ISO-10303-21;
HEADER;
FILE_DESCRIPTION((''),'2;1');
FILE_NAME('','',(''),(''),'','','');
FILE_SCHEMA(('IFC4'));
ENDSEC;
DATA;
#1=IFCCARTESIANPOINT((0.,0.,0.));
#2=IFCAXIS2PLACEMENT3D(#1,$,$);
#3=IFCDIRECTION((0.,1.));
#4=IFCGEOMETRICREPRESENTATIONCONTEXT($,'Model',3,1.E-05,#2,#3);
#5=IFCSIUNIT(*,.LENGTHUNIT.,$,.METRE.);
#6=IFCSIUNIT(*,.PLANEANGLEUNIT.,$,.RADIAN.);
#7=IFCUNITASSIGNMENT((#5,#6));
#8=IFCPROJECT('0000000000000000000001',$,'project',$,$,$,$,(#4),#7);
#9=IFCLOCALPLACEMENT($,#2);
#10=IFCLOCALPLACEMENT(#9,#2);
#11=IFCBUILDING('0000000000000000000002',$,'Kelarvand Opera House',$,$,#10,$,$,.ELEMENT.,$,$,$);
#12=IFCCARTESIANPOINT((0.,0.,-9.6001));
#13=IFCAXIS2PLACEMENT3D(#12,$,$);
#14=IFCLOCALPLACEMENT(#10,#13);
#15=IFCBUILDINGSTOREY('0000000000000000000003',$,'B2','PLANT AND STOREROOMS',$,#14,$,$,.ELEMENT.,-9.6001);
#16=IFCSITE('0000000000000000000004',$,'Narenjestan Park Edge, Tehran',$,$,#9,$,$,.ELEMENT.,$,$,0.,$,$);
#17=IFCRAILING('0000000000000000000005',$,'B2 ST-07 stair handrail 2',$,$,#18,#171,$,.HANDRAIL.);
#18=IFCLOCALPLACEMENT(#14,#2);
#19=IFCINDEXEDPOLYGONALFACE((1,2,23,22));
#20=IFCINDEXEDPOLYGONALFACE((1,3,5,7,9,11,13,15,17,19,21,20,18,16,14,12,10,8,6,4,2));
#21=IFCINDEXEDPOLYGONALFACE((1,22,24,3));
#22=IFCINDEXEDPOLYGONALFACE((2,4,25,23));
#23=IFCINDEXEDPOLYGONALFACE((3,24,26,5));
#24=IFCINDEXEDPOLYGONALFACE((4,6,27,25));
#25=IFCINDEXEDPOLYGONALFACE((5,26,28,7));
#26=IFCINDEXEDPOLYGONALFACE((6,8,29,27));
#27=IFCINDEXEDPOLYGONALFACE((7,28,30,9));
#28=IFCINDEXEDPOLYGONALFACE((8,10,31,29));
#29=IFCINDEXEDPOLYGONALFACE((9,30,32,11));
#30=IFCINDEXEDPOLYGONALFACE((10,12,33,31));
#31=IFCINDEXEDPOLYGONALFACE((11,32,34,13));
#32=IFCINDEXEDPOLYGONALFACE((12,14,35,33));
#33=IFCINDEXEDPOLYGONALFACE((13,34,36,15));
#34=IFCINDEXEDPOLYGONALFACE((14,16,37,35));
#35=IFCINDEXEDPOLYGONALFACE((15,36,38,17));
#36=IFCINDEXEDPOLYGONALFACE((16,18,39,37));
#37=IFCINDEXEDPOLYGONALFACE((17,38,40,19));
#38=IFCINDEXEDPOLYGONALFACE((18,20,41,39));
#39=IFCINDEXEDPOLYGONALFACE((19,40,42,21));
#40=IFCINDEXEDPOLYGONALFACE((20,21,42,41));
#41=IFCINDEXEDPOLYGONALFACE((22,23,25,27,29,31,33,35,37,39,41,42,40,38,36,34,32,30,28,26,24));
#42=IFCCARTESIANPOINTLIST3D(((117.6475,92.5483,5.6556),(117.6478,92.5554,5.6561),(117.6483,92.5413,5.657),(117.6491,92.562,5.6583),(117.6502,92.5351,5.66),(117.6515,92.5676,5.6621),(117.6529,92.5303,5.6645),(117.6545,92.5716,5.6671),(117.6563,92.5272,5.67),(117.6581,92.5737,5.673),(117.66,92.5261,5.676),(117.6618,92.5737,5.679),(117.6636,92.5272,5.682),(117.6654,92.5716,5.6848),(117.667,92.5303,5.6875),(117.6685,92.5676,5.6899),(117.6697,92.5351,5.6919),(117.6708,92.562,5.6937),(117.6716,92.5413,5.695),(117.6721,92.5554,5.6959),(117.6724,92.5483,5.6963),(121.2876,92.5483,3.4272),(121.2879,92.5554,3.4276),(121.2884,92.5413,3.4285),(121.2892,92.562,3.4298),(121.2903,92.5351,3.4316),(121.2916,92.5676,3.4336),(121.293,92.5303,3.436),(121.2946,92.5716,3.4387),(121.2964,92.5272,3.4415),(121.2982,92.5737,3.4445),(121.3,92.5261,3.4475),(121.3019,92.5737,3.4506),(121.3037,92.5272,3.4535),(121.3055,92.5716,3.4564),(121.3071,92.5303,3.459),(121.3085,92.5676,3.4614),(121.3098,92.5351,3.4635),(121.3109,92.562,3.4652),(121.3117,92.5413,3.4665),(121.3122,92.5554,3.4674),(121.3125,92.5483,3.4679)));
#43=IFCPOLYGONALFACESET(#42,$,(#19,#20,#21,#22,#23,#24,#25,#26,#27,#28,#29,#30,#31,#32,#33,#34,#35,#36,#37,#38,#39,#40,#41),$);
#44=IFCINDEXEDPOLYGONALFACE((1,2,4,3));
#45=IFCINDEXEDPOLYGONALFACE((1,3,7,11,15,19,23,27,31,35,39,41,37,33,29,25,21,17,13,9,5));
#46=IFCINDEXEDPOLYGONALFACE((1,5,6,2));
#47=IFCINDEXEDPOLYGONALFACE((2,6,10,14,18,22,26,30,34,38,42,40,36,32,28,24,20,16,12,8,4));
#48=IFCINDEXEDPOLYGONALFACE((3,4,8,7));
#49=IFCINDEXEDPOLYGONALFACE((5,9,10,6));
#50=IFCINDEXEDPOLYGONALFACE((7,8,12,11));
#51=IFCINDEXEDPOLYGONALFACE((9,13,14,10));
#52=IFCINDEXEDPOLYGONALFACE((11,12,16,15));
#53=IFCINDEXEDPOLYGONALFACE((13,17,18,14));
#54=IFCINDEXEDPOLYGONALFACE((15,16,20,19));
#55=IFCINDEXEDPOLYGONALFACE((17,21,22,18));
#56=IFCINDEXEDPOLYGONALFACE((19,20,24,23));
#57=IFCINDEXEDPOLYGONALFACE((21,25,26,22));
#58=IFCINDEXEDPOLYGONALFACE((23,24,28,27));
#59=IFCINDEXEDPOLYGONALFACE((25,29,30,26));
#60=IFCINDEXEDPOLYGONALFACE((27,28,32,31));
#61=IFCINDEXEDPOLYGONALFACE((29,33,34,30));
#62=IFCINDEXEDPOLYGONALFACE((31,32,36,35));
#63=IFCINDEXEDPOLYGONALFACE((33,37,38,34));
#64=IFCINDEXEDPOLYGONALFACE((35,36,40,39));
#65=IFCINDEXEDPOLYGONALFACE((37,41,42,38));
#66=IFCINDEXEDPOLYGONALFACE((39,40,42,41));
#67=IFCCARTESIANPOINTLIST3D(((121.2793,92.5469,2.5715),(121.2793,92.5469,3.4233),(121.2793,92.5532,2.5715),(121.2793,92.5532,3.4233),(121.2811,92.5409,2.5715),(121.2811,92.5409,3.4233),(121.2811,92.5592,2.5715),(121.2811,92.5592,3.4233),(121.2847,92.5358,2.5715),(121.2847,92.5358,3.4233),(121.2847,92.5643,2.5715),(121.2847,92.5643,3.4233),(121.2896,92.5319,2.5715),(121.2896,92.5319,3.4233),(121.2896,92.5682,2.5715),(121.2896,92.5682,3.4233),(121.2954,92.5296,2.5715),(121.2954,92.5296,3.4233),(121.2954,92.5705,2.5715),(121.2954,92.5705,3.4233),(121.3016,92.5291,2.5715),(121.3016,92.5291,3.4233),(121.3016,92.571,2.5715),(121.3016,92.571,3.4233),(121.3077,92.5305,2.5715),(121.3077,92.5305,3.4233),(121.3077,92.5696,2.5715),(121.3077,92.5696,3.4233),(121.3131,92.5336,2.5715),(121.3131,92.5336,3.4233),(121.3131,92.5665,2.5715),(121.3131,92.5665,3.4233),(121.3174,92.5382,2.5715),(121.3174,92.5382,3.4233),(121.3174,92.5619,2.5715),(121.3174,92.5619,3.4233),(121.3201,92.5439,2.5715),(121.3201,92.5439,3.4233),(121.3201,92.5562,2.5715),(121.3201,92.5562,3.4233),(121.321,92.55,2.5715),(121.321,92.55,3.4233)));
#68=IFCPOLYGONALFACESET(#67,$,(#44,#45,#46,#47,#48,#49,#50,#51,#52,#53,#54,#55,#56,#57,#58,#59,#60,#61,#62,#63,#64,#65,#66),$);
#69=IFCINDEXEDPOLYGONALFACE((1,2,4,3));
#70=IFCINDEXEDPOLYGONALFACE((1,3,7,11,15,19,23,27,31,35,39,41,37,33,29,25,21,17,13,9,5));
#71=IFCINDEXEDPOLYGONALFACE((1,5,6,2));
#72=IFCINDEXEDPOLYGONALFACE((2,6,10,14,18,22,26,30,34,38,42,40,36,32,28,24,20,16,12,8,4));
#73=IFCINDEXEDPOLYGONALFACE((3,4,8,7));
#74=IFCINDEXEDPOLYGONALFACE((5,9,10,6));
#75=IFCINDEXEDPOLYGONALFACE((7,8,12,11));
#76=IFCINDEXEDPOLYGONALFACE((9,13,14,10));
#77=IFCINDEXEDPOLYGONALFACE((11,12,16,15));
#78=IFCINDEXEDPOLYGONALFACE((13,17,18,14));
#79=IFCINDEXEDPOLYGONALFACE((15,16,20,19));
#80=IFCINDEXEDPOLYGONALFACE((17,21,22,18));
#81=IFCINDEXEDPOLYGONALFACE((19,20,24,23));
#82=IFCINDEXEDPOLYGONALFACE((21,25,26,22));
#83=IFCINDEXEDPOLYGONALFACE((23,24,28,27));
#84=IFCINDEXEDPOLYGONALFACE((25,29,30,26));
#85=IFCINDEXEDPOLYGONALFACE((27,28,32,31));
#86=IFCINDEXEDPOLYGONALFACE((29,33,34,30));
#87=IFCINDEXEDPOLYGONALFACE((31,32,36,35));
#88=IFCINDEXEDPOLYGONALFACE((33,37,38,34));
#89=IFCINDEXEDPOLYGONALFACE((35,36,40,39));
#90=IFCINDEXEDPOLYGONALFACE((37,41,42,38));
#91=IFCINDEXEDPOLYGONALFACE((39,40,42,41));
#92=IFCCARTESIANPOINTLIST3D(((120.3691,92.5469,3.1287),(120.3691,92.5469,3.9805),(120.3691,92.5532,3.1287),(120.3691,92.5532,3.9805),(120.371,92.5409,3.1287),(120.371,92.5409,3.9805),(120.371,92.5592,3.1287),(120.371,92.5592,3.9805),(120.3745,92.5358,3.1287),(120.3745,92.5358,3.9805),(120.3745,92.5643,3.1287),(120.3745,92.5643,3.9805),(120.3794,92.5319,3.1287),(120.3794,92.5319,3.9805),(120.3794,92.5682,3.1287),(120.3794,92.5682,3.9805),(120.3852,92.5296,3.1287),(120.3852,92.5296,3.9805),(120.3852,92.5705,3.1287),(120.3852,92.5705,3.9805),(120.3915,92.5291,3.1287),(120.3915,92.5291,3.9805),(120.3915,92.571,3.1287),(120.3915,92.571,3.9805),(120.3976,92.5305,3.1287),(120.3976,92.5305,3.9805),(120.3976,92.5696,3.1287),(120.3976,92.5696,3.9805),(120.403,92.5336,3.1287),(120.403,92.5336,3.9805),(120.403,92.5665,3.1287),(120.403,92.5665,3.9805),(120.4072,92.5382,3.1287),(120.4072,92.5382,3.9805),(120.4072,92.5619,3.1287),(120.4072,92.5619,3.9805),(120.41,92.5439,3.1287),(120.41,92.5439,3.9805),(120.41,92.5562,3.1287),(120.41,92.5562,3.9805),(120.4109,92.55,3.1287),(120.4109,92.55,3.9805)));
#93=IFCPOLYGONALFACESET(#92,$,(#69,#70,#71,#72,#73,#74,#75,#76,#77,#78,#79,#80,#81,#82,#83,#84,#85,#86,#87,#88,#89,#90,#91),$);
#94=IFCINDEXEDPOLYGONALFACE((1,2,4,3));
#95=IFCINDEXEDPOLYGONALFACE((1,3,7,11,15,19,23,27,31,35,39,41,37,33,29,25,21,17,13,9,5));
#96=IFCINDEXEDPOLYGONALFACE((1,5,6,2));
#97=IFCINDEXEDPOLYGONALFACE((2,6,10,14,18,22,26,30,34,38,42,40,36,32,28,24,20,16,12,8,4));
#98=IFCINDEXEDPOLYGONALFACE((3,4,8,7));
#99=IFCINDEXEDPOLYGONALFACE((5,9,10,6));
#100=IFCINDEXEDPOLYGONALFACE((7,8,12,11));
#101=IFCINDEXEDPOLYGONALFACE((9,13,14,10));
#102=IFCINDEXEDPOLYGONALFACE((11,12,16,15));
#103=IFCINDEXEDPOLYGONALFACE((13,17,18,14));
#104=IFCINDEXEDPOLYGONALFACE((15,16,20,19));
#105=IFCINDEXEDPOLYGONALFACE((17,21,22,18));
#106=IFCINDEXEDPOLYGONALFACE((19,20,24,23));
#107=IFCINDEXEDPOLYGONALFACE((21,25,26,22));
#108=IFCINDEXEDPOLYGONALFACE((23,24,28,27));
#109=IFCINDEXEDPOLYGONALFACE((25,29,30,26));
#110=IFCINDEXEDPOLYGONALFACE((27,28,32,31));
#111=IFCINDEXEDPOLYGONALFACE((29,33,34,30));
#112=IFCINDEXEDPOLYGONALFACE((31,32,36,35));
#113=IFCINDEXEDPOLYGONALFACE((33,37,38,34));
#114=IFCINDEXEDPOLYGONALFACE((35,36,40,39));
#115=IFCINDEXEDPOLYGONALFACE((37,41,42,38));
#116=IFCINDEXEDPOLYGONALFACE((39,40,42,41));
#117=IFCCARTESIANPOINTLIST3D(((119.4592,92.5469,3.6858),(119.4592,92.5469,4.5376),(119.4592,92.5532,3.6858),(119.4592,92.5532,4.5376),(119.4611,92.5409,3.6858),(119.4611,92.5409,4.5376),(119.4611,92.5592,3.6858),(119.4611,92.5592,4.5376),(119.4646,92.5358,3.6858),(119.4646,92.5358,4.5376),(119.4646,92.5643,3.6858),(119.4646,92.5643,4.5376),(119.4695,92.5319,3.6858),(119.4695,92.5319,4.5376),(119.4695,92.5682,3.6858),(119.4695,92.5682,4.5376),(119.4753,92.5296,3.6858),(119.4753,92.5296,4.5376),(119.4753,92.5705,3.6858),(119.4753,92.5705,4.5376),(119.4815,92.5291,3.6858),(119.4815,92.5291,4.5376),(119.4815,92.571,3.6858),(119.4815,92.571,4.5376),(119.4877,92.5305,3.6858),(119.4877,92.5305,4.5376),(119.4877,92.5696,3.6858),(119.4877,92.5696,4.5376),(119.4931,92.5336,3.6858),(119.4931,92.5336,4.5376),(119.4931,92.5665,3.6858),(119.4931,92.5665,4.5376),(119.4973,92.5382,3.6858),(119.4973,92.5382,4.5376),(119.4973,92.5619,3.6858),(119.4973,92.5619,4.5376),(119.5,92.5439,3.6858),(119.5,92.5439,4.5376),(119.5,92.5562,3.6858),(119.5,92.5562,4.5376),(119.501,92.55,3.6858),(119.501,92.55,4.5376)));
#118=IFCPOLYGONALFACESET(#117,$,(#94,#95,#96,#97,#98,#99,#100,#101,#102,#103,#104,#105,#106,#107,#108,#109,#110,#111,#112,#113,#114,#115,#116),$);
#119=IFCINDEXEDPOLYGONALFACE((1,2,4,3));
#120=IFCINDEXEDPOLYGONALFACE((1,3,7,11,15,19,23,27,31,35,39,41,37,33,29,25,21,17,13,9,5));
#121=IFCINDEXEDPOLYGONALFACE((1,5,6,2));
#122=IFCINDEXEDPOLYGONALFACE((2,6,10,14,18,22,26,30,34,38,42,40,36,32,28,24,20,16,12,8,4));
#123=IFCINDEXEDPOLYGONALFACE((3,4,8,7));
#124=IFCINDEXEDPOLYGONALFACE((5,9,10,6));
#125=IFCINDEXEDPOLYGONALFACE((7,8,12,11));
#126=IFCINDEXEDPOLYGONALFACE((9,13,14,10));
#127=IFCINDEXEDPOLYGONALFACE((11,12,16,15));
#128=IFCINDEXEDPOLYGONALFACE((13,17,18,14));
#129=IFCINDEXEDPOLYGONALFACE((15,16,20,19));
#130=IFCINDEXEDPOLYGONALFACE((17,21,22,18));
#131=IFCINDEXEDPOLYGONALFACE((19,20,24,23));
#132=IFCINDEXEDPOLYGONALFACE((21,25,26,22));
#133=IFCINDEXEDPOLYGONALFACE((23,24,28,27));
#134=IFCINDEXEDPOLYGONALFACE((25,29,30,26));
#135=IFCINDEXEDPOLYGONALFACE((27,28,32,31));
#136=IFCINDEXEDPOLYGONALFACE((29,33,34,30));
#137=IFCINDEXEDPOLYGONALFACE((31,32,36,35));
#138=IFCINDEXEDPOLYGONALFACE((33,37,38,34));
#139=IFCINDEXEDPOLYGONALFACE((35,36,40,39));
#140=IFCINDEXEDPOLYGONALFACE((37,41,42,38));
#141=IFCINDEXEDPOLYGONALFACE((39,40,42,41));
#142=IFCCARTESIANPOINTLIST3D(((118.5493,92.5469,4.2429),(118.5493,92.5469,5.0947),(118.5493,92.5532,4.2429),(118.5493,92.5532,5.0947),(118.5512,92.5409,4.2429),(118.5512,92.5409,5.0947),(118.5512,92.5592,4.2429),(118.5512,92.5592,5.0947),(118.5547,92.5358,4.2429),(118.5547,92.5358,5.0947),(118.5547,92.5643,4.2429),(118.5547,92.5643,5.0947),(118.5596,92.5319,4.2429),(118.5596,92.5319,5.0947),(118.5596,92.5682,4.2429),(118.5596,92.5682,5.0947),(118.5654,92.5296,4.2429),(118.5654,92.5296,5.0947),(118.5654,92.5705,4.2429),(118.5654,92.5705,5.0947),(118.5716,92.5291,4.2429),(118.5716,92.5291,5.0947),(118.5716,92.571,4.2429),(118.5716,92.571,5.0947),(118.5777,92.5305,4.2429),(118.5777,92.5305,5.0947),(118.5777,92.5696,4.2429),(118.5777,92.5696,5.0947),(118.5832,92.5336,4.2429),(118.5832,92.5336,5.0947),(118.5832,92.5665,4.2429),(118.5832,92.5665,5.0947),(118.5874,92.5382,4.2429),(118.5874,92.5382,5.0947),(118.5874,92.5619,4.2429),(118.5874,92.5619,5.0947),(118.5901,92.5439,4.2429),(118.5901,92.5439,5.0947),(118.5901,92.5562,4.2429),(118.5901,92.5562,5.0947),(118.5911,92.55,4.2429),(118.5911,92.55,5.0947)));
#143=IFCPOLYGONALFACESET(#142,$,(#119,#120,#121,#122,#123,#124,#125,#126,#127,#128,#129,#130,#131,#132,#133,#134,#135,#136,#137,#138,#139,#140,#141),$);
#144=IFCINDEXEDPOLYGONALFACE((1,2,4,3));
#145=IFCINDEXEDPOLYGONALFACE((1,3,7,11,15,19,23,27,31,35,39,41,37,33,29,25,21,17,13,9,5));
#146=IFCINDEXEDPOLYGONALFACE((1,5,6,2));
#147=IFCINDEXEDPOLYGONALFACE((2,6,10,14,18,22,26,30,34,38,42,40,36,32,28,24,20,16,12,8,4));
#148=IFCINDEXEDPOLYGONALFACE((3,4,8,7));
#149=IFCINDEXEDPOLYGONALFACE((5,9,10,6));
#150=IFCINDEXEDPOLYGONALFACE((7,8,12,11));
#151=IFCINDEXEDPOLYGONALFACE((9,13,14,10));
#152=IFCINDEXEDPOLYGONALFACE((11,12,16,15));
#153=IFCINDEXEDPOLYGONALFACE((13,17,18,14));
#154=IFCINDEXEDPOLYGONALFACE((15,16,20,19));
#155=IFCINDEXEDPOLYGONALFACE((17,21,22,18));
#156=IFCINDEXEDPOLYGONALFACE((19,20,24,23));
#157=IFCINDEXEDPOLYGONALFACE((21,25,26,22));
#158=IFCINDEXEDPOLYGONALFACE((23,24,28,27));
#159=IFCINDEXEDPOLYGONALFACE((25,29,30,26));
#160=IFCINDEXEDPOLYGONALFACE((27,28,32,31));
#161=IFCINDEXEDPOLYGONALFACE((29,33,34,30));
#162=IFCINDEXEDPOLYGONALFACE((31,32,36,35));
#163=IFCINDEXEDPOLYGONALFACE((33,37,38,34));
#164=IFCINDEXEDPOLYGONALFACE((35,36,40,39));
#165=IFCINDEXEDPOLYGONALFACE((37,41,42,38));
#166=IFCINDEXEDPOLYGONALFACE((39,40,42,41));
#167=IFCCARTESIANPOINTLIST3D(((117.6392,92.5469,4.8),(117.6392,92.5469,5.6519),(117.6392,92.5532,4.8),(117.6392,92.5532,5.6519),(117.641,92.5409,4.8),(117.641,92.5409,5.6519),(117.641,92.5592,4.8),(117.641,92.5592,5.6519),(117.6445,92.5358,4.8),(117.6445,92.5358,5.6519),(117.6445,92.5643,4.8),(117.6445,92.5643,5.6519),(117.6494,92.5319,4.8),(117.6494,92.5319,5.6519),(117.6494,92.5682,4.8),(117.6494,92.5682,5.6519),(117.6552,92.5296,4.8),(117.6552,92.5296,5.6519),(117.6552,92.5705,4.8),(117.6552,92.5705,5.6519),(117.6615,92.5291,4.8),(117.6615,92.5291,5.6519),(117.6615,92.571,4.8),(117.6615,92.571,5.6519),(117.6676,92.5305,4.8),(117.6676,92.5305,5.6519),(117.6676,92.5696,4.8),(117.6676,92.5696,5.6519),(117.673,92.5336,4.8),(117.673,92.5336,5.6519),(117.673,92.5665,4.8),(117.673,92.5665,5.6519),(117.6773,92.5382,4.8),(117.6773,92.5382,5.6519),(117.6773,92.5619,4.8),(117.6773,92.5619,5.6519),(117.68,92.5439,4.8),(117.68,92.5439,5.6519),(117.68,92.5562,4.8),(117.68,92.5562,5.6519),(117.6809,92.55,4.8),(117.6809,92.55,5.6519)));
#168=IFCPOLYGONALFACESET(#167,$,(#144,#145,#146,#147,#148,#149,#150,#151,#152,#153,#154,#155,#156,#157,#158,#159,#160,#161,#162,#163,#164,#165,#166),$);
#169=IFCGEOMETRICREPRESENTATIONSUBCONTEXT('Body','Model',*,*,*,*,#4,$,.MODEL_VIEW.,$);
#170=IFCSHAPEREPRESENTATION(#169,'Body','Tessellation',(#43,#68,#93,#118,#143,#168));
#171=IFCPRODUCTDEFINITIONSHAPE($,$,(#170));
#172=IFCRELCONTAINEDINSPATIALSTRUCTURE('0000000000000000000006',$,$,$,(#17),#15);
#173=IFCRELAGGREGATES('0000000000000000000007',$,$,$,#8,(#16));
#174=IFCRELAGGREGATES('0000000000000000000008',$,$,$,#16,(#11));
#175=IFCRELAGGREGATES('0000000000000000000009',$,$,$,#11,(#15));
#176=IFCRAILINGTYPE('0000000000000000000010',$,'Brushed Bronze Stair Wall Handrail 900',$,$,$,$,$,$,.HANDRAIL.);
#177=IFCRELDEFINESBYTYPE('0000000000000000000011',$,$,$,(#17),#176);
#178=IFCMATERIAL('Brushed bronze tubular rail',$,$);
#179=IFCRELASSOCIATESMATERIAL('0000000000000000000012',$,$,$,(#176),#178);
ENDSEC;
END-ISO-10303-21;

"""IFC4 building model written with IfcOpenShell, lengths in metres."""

from ifc_helpers import new_model, si_unit, direction, frame, origin, origin_2d, place, context, subcontext, project, spatial, circle, extrude, material, type_object, element, save


model = new_model("IFC4")

# Units and contexts
model_context = context("Model", 3, precision=1e-05, world=origin(), true_north=direction((0.0, 1.0)))
body_context = subcontext(model_context, "Body", "Model", "MODEL_VIEW")
ifc_project = project(units=[si_unit("LENGTHUNIT", "METRE"), si_unit("PLANEANGLEUNIT", "RADIAN")], contexts=[model_context])

# Site, building, storey
site_placement = place(None, origin())
site = spatial("IfcSite", under=ifc_project, at=site_placement, Name="Narenjestan Park Edge, Tehran", CompositionType="ELEMENT", RefElevation=0.0)
building_placement = place(site_placement, origin())
building = spatial("IfcBuilding", under=site, at=building_placement, Name="Kelarvand Opera House", CompositionType="ELEMENT")
storey_placement = place(building_placement, frame((0.0, 0.0, -9.6001)))
storey = spatial("IfcBuildingStorey", under=building, at=storey_placement, Name="B2", Description="PLANT AND STOREROOMS", CompositionType="ELEMENT", Elevation=-9.6001)

# Railing
ifc_material_1 = material(Name="Brushed bronze tubular rail")
railing_type_1 = type_object("IfcRailingType", Name="Brushed Bronze Stair Wall Handrail 900", PredefinedType="HANDRAIL", material=ifc_material_1)
railing_1_placement = place(storey_placement, frame((121.3, 92.55, 2.5715)))
element("IfcRailing", 1, at=railing_1_placement, inside=storey, type_object=railing_type_1, Name="B2 ST-07 stair handrail 2", PredefinedType="HANDRAIL", context=body_context, shape_type="SweptSolid", body=[
    extrude(circle(Radius=0.0239, at=origin_2d()), frame((0.0, 0.0, 0.876), z_axis=(-0.852866, 0.0, 0.52213), x_axis=(0.0, -1.0, 0.0)), (0.0, 0.0, 1.0), 4.2681),
    extrude(circle(Radius=0.021, at=origin_2d()), origin(), (0.0, 0.0, 1.0), 0.8518),
    extrude(circle(Radius=0.021, at=origin_2d()), frame((-0.9102, 0.0, 0.5571)), (0.0, 0.0, 1.0), 0.8518),
    extrude(circle(Radius=0.021, at=origin_2d()), frame((-1.8201, 0.0, 1.1143)), (0.0, 0.0, 1.0), 0.8518),
    extrude(circle(Radius=0.021, at=origin_2d()), frame((-2.73, 0.0, 1.6714)), (0.0, 0.0, 1.0), 0.8518),
    extrude(circle(Radius=0.021, at=origin_2d()), frame((-3.6401, 0.0, 2.2285)), (0.0, 0.0, 1.0), 0.8518),
])

save(model, "model.ifc")
